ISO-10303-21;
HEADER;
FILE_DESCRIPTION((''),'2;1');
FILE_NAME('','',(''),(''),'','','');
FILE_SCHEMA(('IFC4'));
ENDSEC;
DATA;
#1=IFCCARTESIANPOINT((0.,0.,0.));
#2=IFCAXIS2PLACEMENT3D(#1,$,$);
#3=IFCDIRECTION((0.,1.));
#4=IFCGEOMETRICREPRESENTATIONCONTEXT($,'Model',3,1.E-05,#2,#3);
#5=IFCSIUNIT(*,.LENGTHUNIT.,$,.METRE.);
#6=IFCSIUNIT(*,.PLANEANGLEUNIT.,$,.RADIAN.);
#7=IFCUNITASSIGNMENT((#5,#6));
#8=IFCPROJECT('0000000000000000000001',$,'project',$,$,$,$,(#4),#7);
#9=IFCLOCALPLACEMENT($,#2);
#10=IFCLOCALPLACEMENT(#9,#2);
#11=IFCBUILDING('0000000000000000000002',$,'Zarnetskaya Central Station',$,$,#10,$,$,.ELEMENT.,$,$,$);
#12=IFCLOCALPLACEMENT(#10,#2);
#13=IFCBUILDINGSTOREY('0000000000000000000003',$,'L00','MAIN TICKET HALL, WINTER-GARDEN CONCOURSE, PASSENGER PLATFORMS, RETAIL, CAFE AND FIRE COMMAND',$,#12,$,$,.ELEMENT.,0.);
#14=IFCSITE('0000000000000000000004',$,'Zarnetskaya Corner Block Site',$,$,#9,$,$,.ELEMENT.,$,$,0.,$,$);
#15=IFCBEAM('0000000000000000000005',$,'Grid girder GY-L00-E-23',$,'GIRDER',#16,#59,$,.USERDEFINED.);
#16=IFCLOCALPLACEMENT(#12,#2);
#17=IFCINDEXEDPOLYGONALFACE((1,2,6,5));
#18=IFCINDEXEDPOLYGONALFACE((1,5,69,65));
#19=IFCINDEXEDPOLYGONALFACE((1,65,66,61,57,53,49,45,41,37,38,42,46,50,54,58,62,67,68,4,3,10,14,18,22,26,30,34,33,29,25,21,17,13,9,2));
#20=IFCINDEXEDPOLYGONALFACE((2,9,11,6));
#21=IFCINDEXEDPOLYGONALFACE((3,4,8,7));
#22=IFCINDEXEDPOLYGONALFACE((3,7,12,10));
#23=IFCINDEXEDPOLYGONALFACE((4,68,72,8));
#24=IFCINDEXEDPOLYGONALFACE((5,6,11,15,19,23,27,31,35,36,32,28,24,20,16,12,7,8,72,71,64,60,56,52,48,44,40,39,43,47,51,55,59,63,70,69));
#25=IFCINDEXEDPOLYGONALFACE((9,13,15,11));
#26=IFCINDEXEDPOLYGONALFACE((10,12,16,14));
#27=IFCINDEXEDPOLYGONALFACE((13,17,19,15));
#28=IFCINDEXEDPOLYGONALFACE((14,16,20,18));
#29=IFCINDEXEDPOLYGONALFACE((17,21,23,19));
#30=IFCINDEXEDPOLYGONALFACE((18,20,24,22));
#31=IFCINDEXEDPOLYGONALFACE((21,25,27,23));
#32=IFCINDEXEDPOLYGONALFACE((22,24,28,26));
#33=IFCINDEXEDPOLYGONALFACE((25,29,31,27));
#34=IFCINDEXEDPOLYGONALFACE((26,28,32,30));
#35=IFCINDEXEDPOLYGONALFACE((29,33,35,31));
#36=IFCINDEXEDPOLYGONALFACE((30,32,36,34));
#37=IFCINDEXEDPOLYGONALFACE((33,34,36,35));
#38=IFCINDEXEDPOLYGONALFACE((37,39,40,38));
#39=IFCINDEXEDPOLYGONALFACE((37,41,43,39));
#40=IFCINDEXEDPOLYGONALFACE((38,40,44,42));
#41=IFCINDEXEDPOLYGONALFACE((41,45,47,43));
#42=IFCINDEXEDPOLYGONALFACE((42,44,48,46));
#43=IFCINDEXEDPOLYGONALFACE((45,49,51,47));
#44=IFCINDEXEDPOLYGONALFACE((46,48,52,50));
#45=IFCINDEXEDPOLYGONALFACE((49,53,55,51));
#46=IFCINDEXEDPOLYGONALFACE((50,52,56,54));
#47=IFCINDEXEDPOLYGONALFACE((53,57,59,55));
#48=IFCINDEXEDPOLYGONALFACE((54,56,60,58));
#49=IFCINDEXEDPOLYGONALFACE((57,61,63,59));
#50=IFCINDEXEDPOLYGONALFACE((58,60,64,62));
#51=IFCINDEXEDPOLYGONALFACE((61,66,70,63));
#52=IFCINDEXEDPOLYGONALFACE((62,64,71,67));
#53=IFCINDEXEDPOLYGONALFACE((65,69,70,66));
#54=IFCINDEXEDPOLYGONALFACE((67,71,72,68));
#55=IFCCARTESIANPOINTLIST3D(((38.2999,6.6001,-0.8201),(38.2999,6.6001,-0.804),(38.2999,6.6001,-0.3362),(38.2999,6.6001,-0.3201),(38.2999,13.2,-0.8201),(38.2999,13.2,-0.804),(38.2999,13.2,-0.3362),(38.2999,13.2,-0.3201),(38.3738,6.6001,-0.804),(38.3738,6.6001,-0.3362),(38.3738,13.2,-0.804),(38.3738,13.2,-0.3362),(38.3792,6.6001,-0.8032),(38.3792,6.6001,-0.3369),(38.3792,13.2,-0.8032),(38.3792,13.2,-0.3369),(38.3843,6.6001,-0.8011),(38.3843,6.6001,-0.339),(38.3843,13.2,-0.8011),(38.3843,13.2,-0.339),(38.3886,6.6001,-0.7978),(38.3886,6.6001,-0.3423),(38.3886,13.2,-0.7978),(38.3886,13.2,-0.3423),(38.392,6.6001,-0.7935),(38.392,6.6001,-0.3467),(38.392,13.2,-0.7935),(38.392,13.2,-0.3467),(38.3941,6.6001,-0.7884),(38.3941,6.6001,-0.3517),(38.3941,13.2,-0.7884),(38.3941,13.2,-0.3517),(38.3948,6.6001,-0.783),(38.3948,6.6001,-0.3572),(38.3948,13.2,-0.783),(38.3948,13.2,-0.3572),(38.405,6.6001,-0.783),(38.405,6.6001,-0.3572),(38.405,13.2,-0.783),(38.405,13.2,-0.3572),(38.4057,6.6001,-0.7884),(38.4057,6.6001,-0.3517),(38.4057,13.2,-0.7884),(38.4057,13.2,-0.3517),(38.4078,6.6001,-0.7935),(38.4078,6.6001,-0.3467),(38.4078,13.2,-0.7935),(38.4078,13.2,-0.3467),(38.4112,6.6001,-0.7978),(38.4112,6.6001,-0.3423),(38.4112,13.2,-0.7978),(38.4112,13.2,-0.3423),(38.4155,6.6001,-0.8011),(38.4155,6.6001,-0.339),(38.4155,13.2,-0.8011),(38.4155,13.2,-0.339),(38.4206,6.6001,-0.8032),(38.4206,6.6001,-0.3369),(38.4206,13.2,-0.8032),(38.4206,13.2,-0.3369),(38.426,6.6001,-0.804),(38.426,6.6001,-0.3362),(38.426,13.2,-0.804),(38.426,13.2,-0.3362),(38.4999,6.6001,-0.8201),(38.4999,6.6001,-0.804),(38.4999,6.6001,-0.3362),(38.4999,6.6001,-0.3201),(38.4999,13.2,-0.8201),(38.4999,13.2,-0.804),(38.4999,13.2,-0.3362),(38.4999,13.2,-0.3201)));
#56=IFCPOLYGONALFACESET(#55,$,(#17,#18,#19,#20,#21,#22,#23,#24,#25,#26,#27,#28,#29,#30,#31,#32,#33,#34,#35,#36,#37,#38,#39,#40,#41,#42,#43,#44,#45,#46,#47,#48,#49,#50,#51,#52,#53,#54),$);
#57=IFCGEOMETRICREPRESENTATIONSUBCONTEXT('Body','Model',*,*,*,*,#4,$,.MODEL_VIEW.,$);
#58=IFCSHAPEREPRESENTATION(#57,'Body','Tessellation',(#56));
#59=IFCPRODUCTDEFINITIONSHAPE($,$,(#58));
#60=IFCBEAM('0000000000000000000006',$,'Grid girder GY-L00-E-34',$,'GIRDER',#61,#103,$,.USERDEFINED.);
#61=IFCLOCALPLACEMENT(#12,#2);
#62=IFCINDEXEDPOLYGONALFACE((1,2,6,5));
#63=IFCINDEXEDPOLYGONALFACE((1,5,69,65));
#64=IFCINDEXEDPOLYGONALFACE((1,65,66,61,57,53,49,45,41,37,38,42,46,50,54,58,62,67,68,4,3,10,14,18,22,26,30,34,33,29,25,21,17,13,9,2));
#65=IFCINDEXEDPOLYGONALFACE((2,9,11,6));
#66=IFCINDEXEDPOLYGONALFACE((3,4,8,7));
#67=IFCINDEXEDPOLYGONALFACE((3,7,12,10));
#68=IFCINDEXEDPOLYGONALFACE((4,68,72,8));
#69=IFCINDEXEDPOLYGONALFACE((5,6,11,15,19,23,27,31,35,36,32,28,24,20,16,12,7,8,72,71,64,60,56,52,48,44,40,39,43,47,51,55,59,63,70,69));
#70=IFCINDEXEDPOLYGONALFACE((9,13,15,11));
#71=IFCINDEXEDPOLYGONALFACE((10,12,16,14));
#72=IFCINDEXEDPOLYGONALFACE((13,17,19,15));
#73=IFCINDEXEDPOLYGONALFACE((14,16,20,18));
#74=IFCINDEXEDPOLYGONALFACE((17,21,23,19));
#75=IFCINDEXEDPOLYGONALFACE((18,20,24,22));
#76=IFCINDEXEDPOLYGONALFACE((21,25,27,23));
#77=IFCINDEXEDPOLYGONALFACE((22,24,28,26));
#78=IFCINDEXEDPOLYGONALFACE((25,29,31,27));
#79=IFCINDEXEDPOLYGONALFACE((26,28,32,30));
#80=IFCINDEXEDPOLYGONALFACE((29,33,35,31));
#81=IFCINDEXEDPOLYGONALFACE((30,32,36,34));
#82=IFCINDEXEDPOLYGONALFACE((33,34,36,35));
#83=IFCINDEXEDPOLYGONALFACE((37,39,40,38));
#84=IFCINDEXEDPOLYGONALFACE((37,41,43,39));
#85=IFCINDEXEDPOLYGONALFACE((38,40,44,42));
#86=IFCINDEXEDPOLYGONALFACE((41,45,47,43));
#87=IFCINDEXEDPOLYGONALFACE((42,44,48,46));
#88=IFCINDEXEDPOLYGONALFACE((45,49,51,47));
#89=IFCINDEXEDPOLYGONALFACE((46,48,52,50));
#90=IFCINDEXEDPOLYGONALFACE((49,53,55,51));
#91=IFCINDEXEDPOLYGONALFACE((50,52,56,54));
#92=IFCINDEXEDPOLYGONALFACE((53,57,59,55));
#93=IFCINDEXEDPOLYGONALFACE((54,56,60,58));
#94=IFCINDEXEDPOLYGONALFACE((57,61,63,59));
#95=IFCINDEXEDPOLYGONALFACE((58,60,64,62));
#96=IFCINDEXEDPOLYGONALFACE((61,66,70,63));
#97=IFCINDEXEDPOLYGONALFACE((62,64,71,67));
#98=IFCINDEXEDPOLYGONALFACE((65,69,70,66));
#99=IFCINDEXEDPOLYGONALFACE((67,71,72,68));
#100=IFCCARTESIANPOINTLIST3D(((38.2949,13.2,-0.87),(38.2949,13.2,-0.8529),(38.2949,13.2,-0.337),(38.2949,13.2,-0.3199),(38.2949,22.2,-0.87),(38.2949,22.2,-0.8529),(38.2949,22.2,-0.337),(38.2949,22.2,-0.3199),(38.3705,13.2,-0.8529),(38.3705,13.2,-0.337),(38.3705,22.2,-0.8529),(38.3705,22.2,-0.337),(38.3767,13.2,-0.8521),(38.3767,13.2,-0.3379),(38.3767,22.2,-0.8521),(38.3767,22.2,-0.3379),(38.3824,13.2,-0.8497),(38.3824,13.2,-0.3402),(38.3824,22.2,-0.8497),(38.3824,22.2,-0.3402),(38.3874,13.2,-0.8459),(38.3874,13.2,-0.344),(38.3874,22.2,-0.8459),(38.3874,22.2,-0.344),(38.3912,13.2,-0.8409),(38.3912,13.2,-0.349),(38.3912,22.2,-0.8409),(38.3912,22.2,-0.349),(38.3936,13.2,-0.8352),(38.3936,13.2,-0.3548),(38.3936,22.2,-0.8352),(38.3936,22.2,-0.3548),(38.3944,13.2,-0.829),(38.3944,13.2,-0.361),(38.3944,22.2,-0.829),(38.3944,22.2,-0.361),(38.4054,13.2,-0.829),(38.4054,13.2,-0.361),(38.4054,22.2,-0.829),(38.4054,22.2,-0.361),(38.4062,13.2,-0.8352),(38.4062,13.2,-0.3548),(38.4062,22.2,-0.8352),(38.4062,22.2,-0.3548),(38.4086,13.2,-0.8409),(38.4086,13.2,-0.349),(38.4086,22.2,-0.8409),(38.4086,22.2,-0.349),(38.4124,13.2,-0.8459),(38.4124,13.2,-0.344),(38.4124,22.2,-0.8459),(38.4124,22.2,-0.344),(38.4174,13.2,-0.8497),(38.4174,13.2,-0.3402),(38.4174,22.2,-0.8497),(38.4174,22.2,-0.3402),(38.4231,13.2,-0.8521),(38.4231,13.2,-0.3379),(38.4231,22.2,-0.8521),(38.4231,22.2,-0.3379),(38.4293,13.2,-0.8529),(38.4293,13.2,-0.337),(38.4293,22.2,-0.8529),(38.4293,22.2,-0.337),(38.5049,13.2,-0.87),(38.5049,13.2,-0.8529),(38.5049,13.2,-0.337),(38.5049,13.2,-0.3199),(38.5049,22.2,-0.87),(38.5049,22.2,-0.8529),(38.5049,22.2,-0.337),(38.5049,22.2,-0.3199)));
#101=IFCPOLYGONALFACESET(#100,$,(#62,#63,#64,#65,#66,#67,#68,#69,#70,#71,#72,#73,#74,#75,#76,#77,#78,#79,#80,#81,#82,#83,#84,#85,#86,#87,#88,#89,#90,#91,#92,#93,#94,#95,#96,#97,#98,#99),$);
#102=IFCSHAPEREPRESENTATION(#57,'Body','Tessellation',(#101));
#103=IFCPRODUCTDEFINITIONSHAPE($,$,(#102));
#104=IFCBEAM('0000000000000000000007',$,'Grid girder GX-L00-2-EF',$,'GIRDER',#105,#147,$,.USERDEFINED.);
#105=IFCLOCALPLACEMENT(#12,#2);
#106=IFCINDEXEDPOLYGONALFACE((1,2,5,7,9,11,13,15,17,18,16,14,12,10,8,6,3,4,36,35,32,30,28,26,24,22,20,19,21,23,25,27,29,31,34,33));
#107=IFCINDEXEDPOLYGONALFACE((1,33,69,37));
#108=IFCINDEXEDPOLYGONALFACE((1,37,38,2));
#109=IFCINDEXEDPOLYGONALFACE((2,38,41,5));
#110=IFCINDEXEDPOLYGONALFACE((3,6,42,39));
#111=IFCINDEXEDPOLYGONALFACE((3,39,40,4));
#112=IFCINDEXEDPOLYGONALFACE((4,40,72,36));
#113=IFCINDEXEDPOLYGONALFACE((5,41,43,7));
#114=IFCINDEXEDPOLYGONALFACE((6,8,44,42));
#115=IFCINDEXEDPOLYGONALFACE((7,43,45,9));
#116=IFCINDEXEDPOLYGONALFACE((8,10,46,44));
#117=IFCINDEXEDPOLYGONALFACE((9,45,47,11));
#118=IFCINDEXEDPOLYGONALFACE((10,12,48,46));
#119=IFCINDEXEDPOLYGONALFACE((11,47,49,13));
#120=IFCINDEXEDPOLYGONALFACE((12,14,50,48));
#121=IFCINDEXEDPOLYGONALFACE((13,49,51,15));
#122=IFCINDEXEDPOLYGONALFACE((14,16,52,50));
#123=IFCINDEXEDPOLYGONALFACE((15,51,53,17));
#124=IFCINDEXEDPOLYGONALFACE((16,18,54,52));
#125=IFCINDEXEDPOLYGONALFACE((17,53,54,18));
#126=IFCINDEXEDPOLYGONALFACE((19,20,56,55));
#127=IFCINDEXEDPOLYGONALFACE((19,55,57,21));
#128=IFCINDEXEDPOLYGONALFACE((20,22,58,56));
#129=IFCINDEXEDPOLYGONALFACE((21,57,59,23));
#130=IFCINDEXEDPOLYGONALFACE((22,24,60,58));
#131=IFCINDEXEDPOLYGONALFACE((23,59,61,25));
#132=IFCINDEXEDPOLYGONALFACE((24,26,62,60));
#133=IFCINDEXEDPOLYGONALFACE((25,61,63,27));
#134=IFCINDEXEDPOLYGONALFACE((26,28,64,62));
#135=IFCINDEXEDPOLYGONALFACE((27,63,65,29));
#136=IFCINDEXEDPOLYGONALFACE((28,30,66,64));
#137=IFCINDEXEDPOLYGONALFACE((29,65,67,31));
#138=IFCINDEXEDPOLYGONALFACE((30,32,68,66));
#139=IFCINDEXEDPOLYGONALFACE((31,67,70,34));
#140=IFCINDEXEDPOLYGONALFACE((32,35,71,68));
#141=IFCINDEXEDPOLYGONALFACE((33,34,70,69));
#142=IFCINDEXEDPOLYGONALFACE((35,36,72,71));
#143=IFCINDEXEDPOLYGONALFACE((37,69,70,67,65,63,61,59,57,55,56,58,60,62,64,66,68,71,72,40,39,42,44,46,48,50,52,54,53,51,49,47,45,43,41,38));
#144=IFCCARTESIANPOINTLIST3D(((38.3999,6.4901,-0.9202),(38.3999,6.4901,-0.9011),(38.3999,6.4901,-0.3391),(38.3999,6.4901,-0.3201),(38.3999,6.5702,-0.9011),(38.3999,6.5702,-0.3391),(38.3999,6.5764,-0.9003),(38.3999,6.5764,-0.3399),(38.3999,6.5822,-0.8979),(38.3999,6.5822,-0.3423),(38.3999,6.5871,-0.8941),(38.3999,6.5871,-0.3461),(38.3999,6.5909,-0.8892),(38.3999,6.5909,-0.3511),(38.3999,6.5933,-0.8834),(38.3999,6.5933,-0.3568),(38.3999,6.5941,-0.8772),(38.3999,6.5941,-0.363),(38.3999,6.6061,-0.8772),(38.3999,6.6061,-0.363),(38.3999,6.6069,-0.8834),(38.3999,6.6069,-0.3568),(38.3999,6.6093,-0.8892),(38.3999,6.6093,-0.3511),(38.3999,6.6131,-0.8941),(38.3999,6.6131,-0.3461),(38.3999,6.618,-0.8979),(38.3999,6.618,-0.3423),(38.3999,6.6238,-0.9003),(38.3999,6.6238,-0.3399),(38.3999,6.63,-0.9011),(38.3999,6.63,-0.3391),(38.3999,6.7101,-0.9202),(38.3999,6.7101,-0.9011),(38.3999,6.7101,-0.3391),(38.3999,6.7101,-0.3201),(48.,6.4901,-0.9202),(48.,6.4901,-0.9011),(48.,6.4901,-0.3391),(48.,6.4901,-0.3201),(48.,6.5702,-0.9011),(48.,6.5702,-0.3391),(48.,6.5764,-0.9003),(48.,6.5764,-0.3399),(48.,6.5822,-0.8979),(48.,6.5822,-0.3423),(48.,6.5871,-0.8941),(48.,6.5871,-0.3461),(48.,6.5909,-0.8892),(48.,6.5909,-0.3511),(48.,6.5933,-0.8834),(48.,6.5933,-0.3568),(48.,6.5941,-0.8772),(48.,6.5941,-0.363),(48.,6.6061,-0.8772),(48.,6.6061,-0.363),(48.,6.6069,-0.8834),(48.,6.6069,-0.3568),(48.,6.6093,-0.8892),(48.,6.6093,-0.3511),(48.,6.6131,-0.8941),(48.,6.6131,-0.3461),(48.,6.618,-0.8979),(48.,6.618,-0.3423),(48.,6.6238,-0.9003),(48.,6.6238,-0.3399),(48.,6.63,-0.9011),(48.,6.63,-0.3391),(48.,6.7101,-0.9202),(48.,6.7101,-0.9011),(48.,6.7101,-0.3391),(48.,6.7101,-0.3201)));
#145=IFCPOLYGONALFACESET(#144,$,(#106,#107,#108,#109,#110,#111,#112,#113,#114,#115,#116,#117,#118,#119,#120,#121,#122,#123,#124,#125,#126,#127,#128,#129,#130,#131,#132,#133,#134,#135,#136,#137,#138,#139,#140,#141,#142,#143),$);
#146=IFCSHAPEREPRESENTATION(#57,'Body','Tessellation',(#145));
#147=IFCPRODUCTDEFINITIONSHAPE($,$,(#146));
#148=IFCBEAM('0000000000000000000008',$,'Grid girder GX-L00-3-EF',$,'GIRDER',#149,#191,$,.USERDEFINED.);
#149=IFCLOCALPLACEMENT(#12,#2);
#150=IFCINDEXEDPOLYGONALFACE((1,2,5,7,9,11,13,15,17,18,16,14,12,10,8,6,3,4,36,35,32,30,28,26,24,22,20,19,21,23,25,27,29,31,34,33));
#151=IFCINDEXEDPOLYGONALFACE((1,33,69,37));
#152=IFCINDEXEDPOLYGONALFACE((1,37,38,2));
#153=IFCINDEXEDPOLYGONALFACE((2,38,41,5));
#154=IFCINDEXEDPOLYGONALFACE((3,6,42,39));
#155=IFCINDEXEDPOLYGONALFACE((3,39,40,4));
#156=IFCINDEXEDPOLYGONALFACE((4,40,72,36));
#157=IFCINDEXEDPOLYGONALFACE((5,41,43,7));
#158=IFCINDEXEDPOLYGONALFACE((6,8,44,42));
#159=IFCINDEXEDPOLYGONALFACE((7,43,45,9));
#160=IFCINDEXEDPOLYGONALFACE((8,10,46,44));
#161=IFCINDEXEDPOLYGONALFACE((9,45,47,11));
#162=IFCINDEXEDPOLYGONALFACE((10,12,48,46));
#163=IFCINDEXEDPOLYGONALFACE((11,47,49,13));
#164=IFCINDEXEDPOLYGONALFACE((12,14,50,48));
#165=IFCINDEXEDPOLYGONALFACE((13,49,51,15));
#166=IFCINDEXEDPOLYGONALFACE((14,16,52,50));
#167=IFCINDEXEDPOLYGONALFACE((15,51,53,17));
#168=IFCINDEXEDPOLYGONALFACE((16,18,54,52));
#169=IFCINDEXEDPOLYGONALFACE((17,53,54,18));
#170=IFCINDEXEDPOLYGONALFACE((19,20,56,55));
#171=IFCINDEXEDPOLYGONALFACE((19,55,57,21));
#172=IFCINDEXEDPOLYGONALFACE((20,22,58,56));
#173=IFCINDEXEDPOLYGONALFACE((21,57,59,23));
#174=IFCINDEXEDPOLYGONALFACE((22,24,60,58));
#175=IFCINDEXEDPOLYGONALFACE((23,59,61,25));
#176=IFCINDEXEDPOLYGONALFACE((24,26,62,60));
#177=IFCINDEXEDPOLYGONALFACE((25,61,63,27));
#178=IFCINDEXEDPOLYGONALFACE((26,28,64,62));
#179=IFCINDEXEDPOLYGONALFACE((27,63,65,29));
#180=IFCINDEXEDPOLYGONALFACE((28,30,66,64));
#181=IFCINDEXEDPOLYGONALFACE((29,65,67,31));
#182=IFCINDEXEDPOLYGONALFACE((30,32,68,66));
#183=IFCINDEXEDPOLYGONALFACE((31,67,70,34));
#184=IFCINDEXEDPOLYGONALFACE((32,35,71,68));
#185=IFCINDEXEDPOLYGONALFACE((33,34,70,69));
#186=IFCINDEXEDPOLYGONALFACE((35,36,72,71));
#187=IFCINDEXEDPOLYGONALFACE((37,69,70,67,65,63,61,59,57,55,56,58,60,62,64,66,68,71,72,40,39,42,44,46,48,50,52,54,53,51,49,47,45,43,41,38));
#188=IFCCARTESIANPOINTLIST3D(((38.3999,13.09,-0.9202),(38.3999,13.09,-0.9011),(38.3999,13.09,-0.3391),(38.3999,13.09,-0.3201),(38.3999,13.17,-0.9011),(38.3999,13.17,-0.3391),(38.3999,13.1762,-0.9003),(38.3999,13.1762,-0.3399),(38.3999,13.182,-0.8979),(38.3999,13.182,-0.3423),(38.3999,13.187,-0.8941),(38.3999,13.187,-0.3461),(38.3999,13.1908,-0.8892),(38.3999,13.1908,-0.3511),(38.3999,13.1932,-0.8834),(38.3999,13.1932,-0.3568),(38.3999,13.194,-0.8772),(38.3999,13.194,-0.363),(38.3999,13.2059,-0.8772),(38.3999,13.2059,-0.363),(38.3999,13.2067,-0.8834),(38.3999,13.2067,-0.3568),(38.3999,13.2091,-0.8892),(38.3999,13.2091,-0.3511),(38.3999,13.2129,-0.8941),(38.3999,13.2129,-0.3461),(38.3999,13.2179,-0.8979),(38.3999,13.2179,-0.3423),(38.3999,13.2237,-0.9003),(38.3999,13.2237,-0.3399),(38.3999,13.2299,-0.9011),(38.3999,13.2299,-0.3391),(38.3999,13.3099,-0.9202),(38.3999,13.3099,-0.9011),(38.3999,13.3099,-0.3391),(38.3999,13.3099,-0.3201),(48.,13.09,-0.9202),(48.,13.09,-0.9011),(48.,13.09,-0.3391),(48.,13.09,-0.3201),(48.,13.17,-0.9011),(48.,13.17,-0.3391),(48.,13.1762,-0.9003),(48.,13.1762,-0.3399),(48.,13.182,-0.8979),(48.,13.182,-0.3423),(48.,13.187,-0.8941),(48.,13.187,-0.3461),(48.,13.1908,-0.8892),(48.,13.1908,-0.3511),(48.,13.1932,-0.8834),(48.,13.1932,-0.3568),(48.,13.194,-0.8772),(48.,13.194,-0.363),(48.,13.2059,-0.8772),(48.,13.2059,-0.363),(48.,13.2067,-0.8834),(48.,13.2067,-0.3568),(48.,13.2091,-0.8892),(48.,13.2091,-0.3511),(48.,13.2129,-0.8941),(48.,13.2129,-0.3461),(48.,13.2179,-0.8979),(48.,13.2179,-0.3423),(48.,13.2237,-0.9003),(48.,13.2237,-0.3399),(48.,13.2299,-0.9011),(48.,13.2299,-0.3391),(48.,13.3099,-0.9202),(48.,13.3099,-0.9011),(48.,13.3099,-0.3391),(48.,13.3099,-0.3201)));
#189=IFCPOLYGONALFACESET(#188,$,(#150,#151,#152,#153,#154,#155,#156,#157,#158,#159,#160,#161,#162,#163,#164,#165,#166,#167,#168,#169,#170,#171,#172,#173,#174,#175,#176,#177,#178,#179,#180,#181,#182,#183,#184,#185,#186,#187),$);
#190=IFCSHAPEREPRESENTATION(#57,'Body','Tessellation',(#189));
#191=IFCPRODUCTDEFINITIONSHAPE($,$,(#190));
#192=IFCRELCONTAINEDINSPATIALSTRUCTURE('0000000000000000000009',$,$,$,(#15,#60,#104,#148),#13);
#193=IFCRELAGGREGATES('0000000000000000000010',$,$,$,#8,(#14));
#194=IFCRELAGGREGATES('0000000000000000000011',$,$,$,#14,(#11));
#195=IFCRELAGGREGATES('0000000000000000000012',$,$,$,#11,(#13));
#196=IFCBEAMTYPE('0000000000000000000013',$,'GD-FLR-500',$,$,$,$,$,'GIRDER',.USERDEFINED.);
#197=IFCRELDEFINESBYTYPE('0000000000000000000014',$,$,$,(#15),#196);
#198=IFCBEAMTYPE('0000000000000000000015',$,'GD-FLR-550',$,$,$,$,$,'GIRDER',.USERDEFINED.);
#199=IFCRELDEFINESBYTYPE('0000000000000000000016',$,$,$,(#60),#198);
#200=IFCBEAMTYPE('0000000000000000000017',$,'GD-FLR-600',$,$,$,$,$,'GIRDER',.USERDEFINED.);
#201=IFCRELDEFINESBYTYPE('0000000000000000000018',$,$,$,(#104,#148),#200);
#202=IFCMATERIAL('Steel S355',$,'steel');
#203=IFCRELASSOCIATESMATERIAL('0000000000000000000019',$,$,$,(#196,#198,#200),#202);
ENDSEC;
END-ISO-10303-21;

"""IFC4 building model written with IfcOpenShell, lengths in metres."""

from ifc_helpers import new_model, si_unit, direction, frame, origin, origin_2d, place, context, subcontext, project, spatial, i_section, extrude, material, material_profile, profile_set, type_object, element, save


model = new_model("IFC4")

# Units and contexts
model_context = context("Model", 3, precision=1e-05, world=origin(), true_north=direction((0.0, 1.0)))
body_context = subcontext(model_context, "Body", "Model", "MODEL_VIEW")
ifc_project = project(units=[si_unit("LENGTHUNIT", "METRE"), si_unit("PLANEANGLEUNIT", "RADIAN")], contexts=[model_context])

# Site, building, storey
site_placement = place(None, origin())
site = spatial("IfcSite", under=ifc_project, at=site_placement, Name="Zarnetskaya Corner Block Site", CompositionType="ELEMENT", RefElevation=0.0)
building_placement = place(site_placement, origin())
building = spatial("IfcBuilding", under=site, at=building_placement, Name="Zarnetskaya Central Station", CompositionType="ELEMENT")
storey_placement = place(building_placement, origin())
storey = spatial("IfcBuildingStorey", under=building, at=storey_placement, Name="L00", Description="MAIN TICKET HALL, WINTER-GARDEN CONCOURSE, PASSENGER PLATFORMS, RETAIL, CAFE AND FIRE COMMAND", CompositionType="ELEMENT", Elevation=0.0)

# Shared definitions
ifc_material_1 = material(Name="Steel S355", Category="steel")

# Beams
ifc_material_profile_1 = material_profile(ifc_material_1, i_section(OverallWidth=0.2, OverallDepth=0.5, WebThickness=0.0103, FlangeThickness=0.0161, FilletRadius=0.021, at=origin_2d()), Name="IPE 500")
ifc_profile_set_1 = profile_set([ifc_material_profile_1], Name="Steel S355")
beam_type_1 = type_object("IfcBeamType", Name="GD-FLR-500", ElementType="GIRDER", PredefinedType="USERDEFINED", material=ifc_profile_set_1)
beam_1_placement = place(storey_placement, frame((38.3999, 6.6001, -0.5701), z_axis=(0.0, 1.0, 0.0), x_axis=(-1.0, 0.0, 0.0)))
element("IfcBeam", 1, at=beam_1_placement, inside=storey, type_object=beam_type_1, Name="Grid girder GY-L00-E-23", ObjectType="GIRDER", PredefinedType="USERDEFINED", context=body_context, shape_type="SweptSolid", body=[
    extrude(i_section(OverallWidth=0.2, OverallDepth=0.5, WebThickness=0.0103, FlangeThickness=0.0161, FilletRadius=0.021, at=origin_2d()), origin(), (0.0, 0.0, 1.0), 6.5999),
])
ifc_material_profile_2 = material_profile(ifc_material_1, i_section(OverallWidth=0.21, OverallDepth=0.55, WebThickness=0.011, FlangeThickness=0.0171, FilletRadius=0.0239, at=origin_2d()), Name="IPE 550")
ifc_profile_set_2 = profile_set([ifc_material_profile_2], Name="Steel S355")
beam_type_2 = type_object("IfcBeamType", Name="GD-FLR-550", ElementType="GIRDER", PredefinedType="USERDEFINED", material=ifc_profile_set_2)
beam_2_placement = place(storey_placement, frame((38.3999, 13.2, -0.595), z_axis=(0.0, 1.0, 0.0), x_axis=(-1.0, 0.0, 0.0)))
element("IfcBeam", 2, at=beam_2_placement, inside=storey, type_object=beam_type_2, Name="Grid girder GY-L00-E-34", ObjectType="GIRDER", PredefinedType="USERDEFINED", context=body_context, shape_type="SweptSolid", body=[
    extrude(i_section(OverallWidth=0.21, OverallDepth=0.55, WebThickness=0.011, FlangeThickness=0.0171, FilletRadius=0.0239, at=origin_2d()), origin(), (0.0, 0.0, 1.0), 9.0),
])
ifc_material_profile_3 = material_profile(ifc_material_1, i_section(OverallWidth=0.22, OverallDepth=0.6001, WebThickness=0.012, FlangeThickness=0.019, FilletRadius=0.0239, at=origin_2d()), Name="IPE 600")
ifc_profile_set_3 = profile_set([ifc_material_profile_3], Name="Steel S355")
beam_type_3 = type_object("IfcBeamType", Name="GD-FLR-600", ElementType="GIRDER", PredefinedType="USERDEFINED", material=ifc_profile_set_3)
for number, where, z_axis, x_axis, name in (
    (3, (38.3999, 6.6001, -0.6201), (1.0, 0.0, 0.0), (0.0, 1.0, 0.0), "Grid girder GX-L00-2-EF"),
    (4, (38.3999, 13.2, -0.6201), (1.0, 0.0, 0.0), (0.0, 1.0, 0.0), "Grid girder GX-L00-3-EF"),
):
    element("IfcBeam", number, at=place(storey_placement, frame(where, z_axis=z_axis, x_axis=x_axis)), inside=storey, type_object=beam_type_3, Name=name, ObjectType="GIRDER", PredefinedType="USERDEFINED", context=body_context, shape_type="SweptSolid", body=[
        extrude(i_section(OverallWidth=0.22, OverallDepth=0.6001, WebThickness=0.012, FlangeThickness=0.019, FilletRadius=0.0239, at=origin_2d()), origin(), (0.0, 0.0, 1.0), 9.6001),
    ])

save(model, "model.ifc")
